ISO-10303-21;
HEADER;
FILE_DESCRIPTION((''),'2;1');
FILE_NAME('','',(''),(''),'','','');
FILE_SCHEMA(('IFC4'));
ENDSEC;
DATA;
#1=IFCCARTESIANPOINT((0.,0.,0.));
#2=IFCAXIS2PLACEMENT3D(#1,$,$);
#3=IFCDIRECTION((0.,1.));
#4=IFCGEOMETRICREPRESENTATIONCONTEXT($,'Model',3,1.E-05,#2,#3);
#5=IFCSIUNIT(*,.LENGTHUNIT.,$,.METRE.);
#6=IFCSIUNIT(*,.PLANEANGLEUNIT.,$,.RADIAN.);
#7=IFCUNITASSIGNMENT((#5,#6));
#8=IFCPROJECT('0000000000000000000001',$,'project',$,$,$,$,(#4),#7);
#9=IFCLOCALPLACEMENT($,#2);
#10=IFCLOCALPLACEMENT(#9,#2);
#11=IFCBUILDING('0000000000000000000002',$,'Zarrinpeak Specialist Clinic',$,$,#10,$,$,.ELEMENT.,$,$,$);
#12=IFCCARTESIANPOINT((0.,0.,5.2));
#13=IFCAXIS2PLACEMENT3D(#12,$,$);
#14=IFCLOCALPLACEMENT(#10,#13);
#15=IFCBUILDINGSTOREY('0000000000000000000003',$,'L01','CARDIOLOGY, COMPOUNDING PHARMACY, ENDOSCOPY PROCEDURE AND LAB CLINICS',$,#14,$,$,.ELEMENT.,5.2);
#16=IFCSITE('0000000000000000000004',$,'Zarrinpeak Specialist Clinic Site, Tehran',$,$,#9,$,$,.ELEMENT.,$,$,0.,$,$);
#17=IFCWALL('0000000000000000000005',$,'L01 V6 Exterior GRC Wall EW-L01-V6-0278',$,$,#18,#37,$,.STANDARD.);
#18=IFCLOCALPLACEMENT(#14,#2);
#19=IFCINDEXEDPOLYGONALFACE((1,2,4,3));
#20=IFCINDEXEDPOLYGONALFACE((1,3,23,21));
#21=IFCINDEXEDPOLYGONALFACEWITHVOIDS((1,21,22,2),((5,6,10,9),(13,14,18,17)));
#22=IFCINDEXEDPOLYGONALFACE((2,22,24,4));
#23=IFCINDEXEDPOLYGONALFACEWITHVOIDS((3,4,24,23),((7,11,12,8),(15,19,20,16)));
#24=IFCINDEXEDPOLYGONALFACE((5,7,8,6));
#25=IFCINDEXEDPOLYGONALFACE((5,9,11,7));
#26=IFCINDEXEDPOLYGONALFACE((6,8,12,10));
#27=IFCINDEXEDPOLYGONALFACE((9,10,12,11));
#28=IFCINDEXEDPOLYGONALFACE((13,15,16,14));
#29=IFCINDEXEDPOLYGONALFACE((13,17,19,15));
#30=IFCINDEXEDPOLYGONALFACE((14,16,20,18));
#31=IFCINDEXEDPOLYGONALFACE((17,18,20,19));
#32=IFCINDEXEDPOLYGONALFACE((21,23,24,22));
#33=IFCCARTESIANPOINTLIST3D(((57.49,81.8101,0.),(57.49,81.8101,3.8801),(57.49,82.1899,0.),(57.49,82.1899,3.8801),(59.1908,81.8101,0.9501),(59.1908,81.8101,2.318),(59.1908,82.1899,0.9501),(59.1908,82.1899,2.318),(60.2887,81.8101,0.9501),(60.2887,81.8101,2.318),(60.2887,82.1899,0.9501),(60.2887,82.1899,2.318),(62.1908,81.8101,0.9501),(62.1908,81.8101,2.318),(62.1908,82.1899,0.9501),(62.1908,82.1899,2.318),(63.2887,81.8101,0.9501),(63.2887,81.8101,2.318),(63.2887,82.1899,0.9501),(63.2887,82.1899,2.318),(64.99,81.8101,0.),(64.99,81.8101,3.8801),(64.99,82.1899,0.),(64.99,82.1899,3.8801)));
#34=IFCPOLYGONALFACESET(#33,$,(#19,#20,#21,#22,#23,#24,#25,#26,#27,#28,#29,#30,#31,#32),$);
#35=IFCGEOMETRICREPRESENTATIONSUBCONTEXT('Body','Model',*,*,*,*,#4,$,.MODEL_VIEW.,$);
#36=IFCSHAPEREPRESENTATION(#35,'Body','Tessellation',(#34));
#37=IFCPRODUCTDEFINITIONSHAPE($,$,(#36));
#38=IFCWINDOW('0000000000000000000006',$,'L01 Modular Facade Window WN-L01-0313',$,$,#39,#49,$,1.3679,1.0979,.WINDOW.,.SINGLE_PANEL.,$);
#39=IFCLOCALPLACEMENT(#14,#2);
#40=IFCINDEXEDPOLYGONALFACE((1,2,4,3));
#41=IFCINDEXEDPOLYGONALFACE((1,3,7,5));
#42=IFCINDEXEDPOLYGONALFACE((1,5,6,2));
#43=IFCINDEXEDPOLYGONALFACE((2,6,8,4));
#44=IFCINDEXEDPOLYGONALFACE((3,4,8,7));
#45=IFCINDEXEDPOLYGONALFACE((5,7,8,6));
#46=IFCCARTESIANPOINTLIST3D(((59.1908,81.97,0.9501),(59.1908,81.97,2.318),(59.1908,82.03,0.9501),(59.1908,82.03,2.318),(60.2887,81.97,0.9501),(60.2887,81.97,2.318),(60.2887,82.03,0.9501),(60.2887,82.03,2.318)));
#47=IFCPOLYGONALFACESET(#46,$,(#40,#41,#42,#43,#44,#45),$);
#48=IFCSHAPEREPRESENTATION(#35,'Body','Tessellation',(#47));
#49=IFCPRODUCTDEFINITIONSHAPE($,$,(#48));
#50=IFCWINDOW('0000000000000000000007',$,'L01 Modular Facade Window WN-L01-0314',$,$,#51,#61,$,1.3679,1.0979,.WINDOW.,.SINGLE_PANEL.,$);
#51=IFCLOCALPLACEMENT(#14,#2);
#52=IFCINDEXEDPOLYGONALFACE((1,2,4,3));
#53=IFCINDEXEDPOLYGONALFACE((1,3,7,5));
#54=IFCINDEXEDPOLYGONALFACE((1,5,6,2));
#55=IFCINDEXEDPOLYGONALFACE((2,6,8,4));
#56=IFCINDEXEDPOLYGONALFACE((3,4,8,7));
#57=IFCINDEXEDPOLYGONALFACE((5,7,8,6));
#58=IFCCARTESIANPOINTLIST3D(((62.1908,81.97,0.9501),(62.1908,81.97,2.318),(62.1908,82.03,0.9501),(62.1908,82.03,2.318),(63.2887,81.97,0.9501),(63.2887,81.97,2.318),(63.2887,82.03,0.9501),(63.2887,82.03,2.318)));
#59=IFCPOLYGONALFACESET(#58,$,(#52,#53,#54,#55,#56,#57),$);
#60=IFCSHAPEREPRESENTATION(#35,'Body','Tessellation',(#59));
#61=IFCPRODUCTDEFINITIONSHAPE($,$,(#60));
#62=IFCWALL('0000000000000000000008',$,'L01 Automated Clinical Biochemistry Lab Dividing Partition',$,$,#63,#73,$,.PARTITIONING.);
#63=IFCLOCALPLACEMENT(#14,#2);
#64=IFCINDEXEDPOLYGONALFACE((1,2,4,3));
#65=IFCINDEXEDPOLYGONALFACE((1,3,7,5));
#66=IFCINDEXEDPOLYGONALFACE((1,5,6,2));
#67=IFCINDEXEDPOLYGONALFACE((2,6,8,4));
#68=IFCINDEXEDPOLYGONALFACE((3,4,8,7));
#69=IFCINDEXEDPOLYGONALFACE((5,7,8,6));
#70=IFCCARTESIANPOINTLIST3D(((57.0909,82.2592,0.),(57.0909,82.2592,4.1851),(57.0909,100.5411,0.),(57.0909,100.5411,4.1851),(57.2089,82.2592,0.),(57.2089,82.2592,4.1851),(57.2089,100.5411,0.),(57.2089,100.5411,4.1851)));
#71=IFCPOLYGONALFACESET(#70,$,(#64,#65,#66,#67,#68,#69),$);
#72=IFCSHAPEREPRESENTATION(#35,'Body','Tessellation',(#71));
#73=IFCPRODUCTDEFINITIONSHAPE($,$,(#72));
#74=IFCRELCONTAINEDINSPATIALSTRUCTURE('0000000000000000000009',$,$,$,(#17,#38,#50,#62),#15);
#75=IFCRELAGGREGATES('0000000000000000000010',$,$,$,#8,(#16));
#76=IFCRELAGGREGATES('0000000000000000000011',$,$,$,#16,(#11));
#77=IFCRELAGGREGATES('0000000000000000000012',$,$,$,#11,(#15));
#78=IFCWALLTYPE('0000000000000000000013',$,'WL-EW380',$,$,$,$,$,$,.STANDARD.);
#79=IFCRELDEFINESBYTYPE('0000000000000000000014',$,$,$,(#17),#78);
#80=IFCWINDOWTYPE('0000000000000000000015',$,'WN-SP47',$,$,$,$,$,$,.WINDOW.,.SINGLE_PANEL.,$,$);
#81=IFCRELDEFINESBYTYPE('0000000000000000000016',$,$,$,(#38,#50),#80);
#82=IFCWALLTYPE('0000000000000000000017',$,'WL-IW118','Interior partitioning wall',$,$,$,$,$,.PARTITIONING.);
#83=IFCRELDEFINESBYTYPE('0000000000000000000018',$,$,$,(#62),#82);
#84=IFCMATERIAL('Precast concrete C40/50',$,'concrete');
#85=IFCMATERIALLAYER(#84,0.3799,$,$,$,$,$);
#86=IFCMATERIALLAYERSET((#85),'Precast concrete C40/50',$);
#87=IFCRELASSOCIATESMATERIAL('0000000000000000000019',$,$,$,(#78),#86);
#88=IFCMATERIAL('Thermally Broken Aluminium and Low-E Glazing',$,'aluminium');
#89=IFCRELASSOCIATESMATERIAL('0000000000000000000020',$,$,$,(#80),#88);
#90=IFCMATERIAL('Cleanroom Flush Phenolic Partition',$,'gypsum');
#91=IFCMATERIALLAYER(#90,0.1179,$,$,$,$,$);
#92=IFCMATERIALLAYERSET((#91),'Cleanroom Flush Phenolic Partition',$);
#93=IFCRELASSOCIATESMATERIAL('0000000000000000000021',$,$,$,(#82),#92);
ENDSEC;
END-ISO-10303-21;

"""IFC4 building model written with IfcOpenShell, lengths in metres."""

from ifc_helpers import new_model, si_unit, direction, frame, frame_2d, origin, place, context, subcontext, project, spatial, rectangle, extrude, material, layer, layer_set, type_object, element, fill, save


model = new_model("IFC4")

# Units and contexts
model_context = context("Model", 3, precision=1e-05, world=origin(), true_north=direction((0.0, 1.0)))
body_context = subcontext(model_context, "Body", "Model", "MODEL_VIEW")
ifc_project = project(units=[si_unit("LENGTHUNIT", "METRE"), si_unit("PLANEANGLEUNIT", "RADIAN")], contexts=[model_context])

# Site, building, storey
site_placement = place(None, origin())
site = spatial("IfcSite", under=ifc_project, at=site_placement, Name="Zarrinpeak Specialist Clinic Site, Tehran", CompositionType="ELEMENT", RefElevation=0.0)
building_placement = place(site_placement, origin())
building = spatial("IfcBuilding", under=site, at=building_placement, Name="Zarrinpeak Specialist Clinic", CompositionType="ELEMENT")
storey_placement = place(building_placement, frame((0.0, 0.0, 5.2)))
storey = spatial("IfcBuildingStorey", under=building, at=storey_placement, Name="L01", Description="CARDIOLOGY, COMPOUNDING PHARMACY, ENDOSCOPY PROCEDURE AND LAB CLINICS", CompositionType="ELEMENT", Elevation=5.2)

# Wall, openings, windows
ifc_material_1 = material(Name="Precast concrete C40/50", Category="concrete")
ifc_layer_1 = layer(ifc_material_1, 0.3799)
ifc_layer_set_1 = layer_set([ifc_layer_1], Name="Precast concrete C40/50")
wall_type_1 = type_object("IfcWallType", Name="WL-EW380", PredefinedType="STANDARD", material=ifc_layer_set_1)
wall_1_placement = place(storey_placement, frame((57.49, 82.0, 0.0), z_axis=(0.0, 0.0, 1.0), x_axis=(1.0, 0.0, 0.0)))
wall_1 = element("IfcWall", 1, at=wall_1_placement, inside=storey, type_object=wall_type_1, Name="L01 V6 Exterior GRC Wall EW-L01-V6-0278", PredefinedType="STANDARD", context=body_context, shape_type="SweptSolid", body=[
    extrude(rectangle(XDim=7.5, YDim=0.3799, at=frame_2d((3.75, 0.0))), origin(), (0.0, 0.0, 1.0), 3.8801),
])
opening_1_placement = place(wall_1_placement, frame((1.7009, 0.0, 0.95)))
opening_1 = element("IfcOpeningElement", 2, at=opening_1_placement, cuts=wall_1, PredefinedType="OPENING", context=body_context, shape_type="SweptSolid", body=[
    extrude(rectangle(XDim=1.0979, YDim=1.3679, at=frame_2d((0.5488, 0.6841))), frame((0.0, 0.2, 0.0), z_axis=(0.0, -1.0, 0.0), x_axis=(1.0, 0.0, 0.0)), (0.0, 0.0, 1.0), 0.3999),
])
opening_2_placement = place(wall_1_placement, frame((4.7009, 0.0, 0.95)))
opening_2 = element("IfcOpeningElement", 3, at=opening_2_placement, cuts=wall_1, PredefinedType="OPENING", context=body_context, shape_type="SweptSolid", body=[
    extrude(rectangle(XDim=1.0979, YDim=1.3679, at=frame_2d((0.5488, 0.6841))), frame((0.0, 0.2, 0.0), z_axis=(0.0, -1.0, 0.0), x_axis=(1.0, 0.0, 0.0)), (0.0, 0.0, 1.0), 0.3999),
])
ifc_material_2 = material(Name="Thermally Broken Aluminium and Low-E Glazing", Category="aluminium")
window_type = type_object("IfcWindowType", Name="WN-SP47", PartitioningType="SINGLE_PANEL", PredefinedType="WINDOW", material=ifc_material_2)
window_1_placement = place(opening_1_placement, origin())
window_1 = element("IfcWindow", 4, at=window_1_placement, inside=storey, type_object=window_type, Name="L01 Modular Facade Window WN-L01-0313", OverallHeight=1.3679, OverallWidth=1.0979, PartitioningType="SINGLE_PANEL", PredefinedType="WINDOW", context=body_context, shape_type="SweptSolid", body=[
    extrude(rectangle(XDim=1.0979, YDim=1.3679, at=frame_2d((0.5488, 0.6841))), frame((0.0, 0.03, 0.0), z_axis=(0.0, -1.0, 0.0), x_axis=(1.0, 0.0, 0.0)), (0.0, 0.0, 1.0), 0.0601),
])
fill(opening_1, window_1)
window_2_placement = place(opening_2_placement, origin())
window_2 = element("IfcWindow", 5, at=window_2_placement, inside=storey, type_object=window_type, Name="L01 Modular Facade Window WN-L01-0314", OverallHeight=1.3679, OverallWidth=1.0979, PartitioningType="SINGLE_PANEL", PredefinedType="WINDOW", context=body_context, shape_type="SweptSolid", body=[
    extrude(rectangle(XDim=1.0979, YDim=1.3679, at=frame_2d((0.5488, 0.6841))), frame((0.0, 0.03, 0.0), z_axis=(0.0, -1.0, 0.0), x_axis=(1.0, 0.0, 0.0)), (0.0, 0.0, 1.0), 0.0601),
])
fill(opening_2, window_2)

# Wall
ifc_material_3 = material(Name="Cleanroom Flush Phenolic Partition", Category="gypsum")
ifc_layer_2 = layer(ifc_material_3, 0.1179)
ifc_layer_set_2 = layer_set([ifc_layer_2], Name="Cleanroom Flush Phenolic Partition")
wall_type_2 = type_object("IfcWallType", Name="WL-IW118", Description="Interior partitioning wall", PredefinedType="PARTITIONING", material=ifc_layer_set_2)
wall_2_placement = place(storey_placement, frame((57.1499, 82.259, 0.0), z_axis=(0.0, 0.0, 1.0), x_axis=(0.0, 1.0, 0.0)))
element("IfcWall", 6, at=wall_2_placement, inside=storey, type_object=wall_type_2, Name="L01 Automated Clinical Biochemistry Lab Dividing Partition", PredefinedType="PARTITIONING", context=body_context, shape_type="SweptSolid", body=[
    extrude(rectangle(XDim=18.282, YDim=0.1179, at=frame_2d((9.1411, 0.0))), origin(), (0.0, 0.0, 1.0), 4.1851),
])

save(model, "model.ifc")
